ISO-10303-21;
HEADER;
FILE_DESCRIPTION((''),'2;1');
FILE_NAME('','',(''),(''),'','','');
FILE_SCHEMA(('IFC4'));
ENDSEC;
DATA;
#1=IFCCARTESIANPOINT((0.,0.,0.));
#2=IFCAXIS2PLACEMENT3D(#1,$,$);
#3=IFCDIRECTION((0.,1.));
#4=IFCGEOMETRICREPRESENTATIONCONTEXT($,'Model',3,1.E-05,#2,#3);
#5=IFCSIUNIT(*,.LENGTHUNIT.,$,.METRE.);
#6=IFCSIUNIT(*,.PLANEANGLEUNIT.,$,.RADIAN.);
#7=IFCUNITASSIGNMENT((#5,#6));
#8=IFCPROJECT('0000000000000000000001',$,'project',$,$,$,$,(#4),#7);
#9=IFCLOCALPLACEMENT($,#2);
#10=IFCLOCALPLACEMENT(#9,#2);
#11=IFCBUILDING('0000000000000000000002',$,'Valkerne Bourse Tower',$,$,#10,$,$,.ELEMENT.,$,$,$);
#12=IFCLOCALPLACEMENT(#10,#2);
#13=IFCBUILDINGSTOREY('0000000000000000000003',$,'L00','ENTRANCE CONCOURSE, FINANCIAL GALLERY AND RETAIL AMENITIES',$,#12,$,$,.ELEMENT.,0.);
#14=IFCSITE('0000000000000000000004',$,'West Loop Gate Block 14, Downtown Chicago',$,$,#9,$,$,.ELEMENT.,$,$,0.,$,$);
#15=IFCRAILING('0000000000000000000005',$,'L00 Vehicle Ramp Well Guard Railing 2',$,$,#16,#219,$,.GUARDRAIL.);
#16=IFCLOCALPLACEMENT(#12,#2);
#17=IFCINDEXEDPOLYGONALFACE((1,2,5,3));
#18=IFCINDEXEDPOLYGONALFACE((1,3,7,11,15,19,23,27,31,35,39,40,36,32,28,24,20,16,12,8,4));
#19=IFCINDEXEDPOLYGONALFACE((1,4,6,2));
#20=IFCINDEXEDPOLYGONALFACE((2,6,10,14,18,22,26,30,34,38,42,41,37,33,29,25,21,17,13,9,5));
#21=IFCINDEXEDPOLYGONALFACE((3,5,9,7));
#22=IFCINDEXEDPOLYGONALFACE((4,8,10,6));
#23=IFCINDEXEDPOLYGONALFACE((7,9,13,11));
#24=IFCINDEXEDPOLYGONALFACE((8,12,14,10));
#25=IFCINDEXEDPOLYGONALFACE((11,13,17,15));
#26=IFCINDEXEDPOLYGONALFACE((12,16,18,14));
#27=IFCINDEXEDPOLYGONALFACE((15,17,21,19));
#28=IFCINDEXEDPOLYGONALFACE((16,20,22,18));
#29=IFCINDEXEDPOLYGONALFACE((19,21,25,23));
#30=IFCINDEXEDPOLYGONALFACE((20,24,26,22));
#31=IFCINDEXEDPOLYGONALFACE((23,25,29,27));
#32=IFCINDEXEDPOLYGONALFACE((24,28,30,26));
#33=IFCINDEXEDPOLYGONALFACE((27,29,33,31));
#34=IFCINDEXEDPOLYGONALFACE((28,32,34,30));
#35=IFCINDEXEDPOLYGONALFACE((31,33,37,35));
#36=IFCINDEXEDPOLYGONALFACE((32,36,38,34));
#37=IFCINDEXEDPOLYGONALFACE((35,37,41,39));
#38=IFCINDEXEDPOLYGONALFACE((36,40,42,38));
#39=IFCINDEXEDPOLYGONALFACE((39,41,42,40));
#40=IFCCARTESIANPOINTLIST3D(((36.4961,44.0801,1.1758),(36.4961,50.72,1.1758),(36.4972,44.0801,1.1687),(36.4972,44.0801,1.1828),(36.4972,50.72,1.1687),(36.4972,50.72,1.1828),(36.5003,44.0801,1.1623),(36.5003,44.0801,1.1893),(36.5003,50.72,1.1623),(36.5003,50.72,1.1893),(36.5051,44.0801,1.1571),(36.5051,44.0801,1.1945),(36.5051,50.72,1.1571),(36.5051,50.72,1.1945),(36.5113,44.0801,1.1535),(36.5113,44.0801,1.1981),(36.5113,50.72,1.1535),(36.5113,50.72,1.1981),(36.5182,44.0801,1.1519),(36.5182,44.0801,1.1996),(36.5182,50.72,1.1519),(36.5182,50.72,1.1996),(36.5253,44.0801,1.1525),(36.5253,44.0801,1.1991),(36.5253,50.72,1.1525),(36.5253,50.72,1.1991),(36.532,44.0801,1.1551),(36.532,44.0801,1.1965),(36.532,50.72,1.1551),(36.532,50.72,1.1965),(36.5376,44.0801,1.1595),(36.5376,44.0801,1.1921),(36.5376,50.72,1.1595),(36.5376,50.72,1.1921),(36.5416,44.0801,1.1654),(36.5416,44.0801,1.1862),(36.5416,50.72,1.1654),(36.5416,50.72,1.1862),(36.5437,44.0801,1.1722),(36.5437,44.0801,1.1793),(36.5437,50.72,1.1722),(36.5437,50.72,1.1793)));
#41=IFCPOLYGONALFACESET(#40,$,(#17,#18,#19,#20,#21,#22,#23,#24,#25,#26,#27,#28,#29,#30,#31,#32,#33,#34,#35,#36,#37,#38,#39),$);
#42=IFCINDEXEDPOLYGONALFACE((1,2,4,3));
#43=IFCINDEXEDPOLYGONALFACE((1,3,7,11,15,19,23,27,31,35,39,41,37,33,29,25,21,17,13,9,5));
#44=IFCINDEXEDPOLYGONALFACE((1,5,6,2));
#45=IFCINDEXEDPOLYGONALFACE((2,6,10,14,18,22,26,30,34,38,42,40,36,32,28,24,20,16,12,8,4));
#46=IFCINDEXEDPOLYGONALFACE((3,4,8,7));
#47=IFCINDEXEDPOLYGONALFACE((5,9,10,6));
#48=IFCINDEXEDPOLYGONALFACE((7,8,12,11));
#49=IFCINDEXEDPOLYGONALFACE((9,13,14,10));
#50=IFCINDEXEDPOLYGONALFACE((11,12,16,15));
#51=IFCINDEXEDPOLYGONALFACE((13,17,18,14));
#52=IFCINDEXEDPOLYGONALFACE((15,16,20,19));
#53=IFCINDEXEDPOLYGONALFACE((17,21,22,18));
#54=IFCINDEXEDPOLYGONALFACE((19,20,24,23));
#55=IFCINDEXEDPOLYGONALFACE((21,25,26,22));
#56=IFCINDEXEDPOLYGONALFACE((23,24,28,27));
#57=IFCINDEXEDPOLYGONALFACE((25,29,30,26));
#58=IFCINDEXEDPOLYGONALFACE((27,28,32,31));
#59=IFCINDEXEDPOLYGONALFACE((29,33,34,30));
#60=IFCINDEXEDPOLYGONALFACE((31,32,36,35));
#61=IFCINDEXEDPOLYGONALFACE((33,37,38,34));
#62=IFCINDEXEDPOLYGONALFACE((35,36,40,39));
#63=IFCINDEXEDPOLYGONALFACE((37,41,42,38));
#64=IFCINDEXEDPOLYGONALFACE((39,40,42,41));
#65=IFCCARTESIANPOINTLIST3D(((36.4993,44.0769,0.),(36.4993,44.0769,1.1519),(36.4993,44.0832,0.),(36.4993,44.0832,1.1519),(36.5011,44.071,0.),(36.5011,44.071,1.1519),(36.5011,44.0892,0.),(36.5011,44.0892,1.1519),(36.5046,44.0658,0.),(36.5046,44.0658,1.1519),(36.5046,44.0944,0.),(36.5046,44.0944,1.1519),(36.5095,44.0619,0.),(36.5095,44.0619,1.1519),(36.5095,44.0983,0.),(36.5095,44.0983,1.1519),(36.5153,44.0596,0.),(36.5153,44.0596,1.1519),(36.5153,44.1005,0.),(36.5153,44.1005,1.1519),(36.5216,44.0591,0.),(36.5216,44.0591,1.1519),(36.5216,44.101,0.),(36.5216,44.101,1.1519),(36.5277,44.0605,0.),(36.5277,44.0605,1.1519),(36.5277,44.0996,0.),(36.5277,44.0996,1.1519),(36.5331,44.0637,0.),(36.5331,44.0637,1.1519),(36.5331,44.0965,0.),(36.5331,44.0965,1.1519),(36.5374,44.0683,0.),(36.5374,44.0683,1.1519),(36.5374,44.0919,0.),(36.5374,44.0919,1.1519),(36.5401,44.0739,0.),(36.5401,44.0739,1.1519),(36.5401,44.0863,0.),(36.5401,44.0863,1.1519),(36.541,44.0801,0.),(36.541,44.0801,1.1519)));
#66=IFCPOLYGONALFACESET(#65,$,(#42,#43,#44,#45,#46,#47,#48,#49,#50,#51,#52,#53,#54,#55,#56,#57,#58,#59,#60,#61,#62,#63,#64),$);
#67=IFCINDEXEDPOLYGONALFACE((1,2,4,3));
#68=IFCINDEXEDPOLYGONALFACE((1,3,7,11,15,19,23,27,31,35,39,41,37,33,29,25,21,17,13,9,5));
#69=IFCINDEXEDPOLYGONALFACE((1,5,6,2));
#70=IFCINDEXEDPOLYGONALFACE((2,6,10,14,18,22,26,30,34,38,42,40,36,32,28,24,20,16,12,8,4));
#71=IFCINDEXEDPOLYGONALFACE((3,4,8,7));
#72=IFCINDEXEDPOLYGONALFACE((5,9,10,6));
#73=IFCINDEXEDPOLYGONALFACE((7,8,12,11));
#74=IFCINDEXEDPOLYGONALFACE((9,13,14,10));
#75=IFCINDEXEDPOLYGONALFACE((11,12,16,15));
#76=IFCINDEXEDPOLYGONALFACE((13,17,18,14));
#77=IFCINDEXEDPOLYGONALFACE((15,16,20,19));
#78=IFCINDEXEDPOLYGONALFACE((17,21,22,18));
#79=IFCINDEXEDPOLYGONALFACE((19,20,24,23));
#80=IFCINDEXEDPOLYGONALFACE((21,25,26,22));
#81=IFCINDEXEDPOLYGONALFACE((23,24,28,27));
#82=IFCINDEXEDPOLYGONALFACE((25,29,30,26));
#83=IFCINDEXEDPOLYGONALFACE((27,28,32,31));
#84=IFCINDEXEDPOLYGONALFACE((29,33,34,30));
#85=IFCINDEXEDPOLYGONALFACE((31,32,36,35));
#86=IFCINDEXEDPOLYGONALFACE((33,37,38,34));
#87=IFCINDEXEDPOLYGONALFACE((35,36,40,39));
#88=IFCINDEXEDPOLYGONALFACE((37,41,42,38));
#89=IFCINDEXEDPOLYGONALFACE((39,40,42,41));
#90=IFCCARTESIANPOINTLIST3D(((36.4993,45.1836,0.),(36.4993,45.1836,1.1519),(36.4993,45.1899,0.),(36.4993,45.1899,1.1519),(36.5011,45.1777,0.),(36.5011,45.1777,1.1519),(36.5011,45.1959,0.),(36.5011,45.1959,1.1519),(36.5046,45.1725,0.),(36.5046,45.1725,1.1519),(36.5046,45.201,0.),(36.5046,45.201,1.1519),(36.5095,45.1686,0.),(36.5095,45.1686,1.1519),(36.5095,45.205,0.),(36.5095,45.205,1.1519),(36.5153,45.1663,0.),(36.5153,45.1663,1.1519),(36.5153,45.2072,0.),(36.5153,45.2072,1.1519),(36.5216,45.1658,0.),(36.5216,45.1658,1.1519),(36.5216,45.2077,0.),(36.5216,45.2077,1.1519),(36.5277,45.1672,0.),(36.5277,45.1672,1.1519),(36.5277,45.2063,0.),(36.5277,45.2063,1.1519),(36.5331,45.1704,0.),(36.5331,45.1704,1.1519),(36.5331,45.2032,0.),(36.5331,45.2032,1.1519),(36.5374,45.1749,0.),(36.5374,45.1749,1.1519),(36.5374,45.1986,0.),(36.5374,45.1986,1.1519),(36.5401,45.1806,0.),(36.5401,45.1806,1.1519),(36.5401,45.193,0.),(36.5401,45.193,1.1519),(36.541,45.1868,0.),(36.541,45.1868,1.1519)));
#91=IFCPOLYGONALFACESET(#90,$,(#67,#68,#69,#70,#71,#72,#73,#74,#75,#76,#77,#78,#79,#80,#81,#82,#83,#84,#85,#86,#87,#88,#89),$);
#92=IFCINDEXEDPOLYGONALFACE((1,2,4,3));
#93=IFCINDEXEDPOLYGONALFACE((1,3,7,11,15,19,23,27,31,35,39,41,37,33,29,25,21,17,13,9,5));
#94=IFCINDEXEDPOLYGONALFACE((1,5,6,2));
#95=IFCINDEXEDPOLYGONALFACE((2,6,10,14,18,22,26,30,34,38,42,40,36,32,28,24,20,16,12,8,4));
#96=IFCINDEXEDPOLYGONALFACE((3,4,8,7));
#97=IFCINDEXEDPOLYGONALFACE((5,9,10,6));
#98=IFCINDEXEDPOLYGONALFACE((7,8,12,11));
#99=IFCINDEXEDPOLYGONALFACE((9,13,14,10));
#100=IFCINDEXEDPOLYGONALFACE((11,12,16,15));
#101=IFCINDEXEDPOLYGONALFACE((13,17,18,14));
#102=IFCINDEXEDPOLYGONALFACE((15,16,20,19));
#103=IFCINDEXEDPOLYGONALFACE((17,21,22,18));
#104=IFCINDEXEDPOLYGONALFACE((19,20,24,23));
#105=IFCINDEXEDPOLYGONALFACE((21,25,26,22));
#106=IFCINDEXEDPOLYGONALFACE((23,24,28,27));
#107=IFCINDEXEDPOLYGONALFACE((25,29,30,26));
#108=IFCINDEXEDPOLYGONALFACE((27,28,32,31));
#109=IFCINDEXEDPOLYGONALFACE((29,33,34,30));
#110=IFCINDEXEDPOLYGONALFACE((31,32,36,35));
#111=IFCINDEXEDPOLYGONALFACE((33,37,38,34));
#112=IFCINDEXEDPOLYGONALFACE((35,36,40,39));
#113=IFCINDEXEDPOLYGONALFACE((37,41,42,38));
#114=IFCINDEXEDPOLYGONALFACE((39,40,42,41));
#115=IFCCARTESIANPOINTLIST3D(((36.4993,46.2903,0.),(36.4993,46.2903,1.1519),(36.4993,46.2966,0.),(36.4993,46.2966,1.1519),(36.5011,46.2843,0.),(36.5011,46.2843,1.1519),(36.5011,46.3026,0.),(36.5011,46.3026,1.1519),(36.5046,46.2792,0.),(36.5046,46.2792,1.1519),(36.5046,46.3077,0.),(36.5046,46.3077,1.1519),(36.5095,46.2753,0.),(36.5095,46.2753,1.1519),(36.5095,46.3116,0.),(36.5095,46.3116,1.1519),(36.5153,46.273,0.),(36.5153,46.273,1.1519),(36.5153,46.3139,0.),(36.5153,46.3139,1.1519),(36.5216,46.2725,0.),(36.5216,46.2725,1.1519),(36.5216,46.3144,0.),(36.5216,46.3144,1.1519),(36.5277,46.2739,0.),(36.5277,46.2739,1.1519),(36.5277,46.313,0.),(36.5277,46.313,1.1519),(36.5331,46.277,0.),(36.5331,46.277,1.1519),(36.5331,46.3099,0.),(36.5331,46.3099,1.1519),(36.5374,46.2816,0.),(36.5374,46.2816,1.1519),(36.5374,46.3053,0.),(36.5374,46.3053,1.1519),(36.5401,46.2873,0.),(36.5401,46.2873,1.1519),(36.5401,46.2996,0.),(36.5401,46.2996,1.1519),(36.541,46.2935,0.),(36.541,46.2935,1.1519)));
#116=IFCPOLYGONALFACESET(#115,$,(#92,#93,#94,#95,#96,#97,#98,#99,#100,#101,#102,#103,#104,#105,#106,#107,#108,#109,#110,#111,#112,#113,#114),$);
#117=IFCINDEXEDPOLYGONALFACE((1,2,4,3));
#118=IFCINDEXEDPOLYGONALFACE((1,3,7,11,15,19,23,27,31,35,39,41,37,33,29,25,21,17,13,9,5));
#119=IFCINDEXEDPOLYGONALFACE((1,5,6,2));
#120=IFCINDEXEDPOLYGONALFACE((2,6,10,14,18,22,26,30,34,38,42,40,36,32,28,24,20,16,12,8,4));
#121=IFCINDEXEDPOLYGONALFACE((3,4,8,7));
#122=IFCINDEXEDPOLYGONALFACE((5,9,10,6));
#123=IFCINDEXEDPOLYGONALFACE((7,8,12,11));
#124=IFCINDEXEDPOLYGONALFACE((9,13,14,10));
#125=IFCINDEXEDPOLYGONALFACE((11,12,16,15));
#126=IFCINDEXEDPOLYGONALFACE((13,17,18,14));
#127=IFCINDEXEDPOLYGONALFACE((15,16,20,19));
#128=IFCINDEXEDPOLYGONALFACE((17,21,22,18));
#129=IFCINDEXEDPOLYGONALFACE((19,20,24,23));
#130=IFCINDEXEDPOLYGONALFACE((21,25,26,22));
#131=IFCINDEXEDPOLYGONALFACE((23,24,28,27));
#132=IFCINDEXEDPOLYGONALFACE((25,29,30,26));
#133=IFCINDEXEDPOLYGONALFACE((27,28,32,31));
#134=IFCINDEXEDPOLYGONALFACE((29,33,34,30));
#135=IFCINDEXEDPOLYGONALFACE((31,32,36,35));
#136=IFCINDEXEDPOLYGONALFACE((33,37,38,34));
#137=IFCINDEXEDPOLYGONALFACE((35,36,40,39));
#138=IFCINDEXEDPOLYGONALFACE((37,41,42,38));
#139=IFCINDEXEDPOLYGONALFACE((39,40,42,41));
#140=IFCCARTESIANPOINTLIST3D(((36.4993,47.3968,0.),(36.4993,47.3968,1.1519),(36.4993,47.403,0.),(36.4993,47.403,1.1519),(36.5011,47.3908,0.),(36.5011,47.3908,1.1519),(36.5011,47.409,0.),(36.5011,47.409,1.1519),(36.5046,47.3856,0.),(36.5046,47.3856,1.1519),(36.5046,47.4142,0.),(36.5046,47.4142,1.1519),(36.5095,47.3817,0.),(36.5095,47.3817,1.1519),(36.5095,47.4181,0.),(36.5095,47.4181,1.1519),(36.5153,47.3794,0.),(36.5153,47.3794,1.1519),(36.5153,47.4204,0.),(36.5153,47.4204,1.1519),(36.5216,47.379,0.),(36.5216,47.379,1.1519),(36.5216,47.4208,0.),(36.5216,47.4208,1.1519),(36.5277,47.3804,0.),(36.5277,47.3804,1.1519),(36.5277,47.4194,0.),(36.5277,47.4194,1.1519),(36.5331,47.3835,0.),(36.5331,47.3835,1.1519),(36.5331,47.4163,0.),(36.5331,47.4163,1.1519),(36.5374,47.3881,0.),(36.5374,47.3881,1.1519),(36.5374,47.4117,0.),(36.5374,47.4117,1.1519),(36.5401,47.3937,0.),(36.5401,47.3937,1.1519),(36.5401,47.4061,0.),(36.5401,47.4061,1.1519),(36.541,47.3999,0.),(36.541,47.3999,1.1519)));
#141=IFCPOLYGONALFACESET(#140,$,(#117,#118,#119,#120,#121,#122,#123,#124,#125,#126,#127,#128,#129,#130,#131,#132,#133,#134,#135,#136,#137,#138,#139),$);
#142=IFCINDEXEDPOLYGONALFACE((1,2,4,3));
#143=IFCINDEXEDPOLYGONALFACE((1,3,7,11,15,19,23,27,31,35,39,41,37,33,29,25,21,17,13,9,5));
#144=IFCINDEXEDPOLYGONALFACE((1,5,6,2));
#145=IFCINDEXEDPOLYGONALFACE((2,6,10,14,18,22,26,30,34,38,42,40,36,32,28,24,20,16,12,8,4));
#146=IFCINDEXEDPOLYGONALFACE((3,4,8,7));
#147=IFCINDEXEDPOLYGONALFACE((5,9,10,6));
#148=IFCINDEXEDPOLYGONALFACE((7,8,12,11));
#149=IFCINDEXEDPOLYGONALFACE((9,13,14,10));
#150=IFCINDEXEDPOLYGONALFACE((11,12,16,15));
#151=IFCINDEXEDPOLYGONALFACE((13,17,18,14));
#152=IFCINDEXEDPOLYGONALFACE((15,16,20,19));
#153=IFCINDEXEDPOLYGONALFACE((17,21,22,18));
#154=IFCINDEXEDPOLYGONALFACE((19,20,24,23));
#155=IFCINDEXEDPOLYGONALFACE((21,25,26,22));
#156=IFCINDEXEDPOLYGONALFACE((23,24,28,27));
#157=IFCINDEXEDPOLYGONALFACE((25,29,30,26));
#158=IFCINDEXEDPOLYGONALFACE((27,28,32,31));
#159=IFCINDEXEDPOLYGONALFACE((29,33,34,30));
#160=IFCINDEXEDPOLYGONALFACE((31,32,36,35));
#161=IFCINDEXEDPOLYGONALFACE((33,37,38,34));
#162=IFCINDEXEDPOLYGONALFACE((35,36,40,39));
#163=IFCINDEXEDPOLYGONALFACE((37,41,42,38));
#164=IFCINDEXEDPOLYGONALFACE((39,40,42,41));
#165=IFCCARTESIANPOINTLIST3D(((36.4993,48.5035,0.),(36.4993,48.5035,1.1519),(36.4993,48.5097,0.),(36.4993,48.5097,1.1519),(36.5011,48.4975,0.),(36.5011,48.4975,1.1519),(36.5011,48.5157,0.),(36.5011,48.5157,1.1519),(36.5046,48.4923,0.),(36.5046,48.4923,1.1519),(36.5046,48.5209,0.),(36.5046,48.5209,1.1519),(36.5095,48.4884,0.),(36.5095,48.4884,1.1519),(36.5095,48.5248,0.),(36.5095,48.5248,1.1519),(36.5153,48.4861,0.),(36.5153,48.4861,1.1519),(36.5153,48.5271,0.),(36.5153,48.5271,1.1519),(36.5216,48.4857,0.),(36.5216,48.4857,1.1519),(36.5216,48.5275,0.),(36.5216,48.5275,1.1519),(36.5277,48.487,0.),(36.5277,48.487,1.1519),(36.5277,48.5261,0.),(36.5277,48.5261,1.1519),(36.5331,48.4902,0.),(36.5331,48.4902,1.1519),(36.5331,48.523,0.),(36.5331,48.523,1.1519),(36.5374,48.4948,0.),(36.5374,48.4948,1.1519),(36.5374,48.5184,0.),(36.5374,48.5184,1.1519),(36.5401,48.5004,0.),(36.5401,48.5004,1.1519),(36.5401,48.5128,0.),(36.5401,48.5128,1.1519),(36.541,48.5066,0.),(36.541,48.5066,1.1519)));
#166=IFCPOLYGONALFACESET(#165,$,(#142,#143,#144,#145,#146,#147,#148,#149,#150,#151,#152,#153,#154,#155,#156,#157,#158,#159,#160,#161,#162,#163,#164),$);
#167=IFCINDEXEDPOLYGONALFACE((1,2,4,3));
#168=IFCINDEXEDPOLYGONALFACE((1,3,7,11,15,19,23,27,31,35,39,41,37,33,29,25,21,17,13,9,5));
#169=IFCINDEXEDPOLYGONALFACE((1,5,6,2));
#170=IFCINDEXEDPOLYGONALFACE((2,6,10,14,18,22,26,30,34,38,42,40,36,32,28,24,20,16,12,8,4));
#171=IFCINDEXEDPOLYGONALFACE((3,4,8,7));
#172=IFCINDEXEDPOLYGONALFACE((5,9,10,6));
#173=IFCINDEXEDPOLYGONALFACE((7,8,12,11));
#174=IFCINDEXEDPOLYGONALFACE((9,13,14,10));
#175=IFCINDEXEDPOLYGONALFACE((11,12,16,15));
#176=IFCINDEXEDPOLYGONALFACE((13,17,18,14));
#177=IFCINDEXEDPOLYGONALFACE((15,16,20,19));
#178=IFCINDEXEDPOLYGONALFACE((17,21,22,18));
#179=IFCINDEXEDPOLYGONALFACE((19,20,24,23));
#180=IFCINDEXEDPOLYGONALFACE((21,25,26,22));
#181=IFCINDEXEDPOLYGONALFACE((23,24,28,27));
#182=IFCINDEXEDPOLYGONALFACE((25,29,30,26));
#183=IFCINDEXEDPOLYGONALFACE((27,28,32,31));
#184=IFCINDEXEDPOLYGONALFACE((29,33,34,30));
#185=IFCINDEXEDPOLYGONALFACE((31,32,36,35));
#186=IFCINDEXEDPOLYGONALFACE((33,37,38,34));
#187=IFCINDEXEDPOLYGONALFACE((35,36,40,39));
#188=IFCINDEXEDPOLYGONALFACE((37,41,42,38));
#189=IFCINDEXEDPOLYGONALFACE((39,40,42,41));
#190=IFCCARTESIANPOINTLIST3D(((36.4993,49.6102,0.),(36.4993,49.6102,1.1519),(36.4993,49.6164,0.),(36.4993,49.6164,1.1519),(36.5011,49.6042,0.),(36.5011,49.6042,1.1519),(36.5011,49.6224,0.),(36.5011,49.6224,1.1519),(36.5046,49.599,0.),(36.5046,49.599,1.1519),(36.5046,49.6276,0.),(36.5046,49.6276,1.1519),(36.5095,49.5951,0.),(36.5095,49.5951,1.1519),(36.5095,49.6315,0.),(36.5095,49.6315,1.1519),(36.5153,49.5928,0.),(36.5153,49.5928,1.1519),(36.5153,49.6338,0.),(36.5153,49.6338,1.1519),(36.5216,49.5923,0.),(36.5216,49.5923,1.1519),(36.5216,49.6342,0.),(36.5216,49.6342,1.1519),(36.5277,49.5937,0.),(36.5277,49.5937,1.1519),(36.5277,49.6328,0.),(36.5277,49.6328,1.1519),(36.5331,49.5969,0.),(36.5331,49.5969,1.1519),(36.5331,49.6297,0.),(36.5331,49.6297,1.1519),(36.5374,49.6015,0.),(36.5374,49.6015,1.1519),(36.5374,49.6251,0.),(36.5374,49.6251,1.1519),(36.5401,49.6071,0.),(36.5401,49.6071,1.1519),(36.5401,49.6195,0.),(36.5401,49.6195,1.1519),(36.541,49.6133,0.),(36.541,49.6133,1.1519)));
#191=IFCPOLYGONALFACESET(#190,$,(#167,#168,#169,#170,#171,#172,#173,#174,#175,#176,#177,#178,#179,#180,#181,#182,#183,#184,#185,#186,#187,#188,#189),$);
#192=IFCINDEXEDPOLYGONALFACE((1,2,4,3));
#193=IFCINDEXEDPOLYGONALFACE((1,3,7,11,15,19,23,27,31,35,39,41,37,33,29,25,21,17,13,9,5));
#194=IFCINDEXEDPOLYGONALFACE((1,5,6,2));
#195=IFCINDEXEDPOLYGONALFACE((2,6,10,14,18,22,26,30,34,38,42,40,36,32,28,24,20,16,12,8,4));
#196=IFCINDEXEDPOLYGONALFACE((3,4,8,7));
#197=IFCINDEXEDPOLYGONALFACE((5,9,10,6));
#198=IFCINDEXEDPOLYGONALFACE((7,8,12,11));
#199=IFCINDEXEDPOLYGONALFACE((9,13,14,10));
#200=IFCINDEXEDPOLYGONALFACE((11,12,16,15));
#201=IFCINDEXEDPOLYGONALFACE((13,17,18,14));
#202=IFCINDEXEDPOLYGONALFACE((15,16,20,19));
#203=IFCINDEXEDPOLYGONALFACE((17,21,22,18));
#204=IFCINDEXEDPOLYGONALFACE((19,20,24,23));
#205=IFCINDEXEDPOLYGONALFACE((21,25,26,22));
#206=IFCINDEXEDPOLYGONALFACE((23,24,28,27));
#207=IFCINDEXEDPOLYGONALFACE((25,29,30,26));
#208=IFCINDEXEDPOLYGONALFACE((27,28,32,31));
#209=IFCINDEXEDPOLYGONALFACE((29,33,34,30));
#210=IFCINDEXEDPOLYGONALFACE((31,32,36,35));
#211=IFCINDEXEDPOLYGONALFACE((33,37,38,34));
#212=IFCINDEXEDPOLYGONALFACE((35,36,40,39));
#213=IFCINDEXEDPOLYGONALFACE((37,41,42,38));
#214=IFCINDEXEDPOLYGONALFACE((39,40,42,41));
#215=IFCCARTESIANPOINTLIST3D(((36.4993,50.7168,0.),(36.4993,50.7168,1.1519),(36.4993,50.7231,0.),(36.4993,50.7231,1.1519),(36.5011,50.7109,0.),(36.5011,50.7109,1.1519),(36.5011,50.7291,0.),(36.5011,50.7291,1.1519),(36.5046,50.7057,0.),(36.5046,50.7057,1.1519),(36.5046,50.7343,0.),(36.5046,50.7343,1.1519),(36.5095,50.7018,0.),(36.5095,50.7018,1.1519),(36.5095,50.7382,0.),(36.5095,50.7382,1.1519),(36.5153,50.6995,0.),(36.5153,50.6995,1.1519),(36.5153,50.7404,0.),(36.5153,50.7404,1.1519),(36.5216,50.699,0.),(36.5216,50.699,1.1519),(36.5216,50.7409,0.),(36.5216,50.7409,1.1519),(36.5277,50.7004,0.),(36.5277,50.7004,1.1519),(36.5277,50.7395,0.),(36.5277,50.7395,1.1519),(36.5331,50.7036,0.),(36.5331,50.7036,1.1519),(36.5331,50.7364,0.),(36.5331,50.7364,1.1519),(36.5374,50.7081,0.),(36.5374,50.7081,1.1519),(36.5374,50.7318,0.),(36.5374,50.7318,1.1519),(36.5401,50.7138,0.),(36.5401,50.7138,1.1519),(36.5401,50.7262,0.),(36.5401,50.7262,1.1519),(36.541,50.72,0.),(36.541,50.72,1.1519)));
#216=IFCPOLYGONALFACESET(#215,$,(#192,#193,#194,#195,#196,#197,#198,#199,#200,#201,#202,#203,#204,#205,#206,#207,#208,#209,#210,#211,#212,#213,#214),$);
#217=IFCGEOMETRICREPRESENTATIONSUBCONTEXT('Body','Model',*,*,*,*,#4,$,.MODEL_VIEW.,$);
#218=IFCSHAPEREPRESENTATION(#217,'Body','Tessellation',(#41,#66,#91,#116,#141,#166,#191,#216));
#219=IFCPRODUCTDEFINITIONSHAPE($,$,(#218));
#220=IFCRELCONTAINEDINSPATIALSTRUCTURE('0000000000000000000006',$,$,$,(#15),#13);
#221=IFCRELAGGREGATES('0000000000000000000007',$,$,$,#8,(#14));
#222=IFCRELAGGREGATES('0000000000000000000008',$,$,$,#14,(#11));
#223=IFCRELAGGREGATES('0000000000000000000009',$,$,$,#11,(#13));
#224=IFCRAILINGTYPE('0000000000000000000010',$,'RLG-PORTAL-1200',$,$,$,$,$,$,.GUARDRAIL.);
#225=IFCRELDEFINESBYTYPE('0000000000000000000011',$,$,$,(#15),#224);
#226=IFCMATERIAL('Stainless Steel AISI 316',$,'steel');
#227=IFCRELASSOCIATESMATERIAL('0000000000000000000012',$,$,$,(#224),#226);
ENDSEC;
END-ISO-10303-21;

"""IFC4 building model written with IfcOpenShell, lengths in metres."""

from ifc_helpers import new_model, si_unit, direction, frame, origin, origin_2d, place, context, subcontext, project, spatial, circle, extrude, material, type_object, element, save


model = new_model("IFC4")

# Units and contexts
model_context = context("Model", 3, precision=1e-05, world=origin(), true_north=direction((0.0, 1.0)))
body_context = subcontext(model_context, "Body", "Model", "MODEL_VIEW")
ifc_project = project(units=[si_unit("LENGTHUNIT", "METRE"), si_unit("PLANEANGLEUNIT", "RADIAN")], contexts=[model_context])

# Site, building, storey
site_placement = place(None, origin())
site = spatial("IfcSite", under=ifc_project, at=site_placement, Name="West Loop Gate Block 14, Downtown Chicago", CompositionType="ELEMENT", RefElevation=0.0)
building_placement = place(site_placement, origin())
building = spatial("IfcBuilding", under=site, at=building_placement, Name="Valkerne Bourse Tower", CompositionType="ELEMENT")
storey_placement = place(building_placement, origin())
storey = spatial("IfcBuildingStorey", under=building, at=storey_placement, Name="L00", Description="ENTRANCE CONCOURSE, FINANCIAL GALLERY AND RETAIL AMENITIES", CompositionType="ELEMENT", Elevation=0.0)

# Railing
ifc_material_1 = material(Name="Stainless Steel AISI 316", Category="steel")
railing_type_1 = type_object("IfcRailingType", Name="RLG-PORTAL-1200", PredefinedType="GUARDRAIL", material=ifc_material_1)
railing_1_placement = place(storey_placement, frame((36.52, 44.0801, 0.0)))
element("IfcRailing", 1, at=railing_1_placement, inside=storey, type_object=railing_type_1, Name="L00 Vehicle Ramp Well Guard Railing 2", PredefinedType="GUARDRAIL", context=body_context, shape_type="SweptSolid", body=[
    extrude(circle(Radius=0.0239, at=origin_2d()), frame((0.0, 0.0, 1.1758), z_axis=(0.0, 1.0, 0.0), x_axis=(-1.0, 0.0, 0.0)), (0.0, 0.0, 1.0), 6.6399),
    extrude(circle(Radius=0.021, at=origin_2d()), origin(), (0.0, 0.0, 1.0), 1.1519),
    extrude(circle(Radius=0.021, at=origin_2d()), frame((0.0, 1.1067, 0.0)), (0.0, 0.0, 1.0), 1.1519),
    extrude(circle(Radius=0.021, at=origin_2d()), frame((0.0, 2.2134, 0.0)), (0.0, 0.0, 1.0), 1.1519),
    extrude(circle(Radius=0.021, at=origin_2d()), frame((0.0, 3.3198, 0.0)), (0.0, 0.0, 1.0), 1.1519),
    extrude(circle(Radius=0.021, at=origin_2d()), frame((0.0, 4.4265, 0.0)), (0.0, 0.0, 1.0), 1.1519),
    extrude(circle(Radius=0.021, at=origin_2d()), frame((0.0, 5.5332, 0.0)), (0.0, 0.0, 1.0), 1.1519),
    extrude(circle(Radius=0.021, at=origin_2d()), frame((0.0, 6.6399, 0.0)), (0.0, 0.0, 1.0), 1.1519),
])

save(model, "model.ifc")
